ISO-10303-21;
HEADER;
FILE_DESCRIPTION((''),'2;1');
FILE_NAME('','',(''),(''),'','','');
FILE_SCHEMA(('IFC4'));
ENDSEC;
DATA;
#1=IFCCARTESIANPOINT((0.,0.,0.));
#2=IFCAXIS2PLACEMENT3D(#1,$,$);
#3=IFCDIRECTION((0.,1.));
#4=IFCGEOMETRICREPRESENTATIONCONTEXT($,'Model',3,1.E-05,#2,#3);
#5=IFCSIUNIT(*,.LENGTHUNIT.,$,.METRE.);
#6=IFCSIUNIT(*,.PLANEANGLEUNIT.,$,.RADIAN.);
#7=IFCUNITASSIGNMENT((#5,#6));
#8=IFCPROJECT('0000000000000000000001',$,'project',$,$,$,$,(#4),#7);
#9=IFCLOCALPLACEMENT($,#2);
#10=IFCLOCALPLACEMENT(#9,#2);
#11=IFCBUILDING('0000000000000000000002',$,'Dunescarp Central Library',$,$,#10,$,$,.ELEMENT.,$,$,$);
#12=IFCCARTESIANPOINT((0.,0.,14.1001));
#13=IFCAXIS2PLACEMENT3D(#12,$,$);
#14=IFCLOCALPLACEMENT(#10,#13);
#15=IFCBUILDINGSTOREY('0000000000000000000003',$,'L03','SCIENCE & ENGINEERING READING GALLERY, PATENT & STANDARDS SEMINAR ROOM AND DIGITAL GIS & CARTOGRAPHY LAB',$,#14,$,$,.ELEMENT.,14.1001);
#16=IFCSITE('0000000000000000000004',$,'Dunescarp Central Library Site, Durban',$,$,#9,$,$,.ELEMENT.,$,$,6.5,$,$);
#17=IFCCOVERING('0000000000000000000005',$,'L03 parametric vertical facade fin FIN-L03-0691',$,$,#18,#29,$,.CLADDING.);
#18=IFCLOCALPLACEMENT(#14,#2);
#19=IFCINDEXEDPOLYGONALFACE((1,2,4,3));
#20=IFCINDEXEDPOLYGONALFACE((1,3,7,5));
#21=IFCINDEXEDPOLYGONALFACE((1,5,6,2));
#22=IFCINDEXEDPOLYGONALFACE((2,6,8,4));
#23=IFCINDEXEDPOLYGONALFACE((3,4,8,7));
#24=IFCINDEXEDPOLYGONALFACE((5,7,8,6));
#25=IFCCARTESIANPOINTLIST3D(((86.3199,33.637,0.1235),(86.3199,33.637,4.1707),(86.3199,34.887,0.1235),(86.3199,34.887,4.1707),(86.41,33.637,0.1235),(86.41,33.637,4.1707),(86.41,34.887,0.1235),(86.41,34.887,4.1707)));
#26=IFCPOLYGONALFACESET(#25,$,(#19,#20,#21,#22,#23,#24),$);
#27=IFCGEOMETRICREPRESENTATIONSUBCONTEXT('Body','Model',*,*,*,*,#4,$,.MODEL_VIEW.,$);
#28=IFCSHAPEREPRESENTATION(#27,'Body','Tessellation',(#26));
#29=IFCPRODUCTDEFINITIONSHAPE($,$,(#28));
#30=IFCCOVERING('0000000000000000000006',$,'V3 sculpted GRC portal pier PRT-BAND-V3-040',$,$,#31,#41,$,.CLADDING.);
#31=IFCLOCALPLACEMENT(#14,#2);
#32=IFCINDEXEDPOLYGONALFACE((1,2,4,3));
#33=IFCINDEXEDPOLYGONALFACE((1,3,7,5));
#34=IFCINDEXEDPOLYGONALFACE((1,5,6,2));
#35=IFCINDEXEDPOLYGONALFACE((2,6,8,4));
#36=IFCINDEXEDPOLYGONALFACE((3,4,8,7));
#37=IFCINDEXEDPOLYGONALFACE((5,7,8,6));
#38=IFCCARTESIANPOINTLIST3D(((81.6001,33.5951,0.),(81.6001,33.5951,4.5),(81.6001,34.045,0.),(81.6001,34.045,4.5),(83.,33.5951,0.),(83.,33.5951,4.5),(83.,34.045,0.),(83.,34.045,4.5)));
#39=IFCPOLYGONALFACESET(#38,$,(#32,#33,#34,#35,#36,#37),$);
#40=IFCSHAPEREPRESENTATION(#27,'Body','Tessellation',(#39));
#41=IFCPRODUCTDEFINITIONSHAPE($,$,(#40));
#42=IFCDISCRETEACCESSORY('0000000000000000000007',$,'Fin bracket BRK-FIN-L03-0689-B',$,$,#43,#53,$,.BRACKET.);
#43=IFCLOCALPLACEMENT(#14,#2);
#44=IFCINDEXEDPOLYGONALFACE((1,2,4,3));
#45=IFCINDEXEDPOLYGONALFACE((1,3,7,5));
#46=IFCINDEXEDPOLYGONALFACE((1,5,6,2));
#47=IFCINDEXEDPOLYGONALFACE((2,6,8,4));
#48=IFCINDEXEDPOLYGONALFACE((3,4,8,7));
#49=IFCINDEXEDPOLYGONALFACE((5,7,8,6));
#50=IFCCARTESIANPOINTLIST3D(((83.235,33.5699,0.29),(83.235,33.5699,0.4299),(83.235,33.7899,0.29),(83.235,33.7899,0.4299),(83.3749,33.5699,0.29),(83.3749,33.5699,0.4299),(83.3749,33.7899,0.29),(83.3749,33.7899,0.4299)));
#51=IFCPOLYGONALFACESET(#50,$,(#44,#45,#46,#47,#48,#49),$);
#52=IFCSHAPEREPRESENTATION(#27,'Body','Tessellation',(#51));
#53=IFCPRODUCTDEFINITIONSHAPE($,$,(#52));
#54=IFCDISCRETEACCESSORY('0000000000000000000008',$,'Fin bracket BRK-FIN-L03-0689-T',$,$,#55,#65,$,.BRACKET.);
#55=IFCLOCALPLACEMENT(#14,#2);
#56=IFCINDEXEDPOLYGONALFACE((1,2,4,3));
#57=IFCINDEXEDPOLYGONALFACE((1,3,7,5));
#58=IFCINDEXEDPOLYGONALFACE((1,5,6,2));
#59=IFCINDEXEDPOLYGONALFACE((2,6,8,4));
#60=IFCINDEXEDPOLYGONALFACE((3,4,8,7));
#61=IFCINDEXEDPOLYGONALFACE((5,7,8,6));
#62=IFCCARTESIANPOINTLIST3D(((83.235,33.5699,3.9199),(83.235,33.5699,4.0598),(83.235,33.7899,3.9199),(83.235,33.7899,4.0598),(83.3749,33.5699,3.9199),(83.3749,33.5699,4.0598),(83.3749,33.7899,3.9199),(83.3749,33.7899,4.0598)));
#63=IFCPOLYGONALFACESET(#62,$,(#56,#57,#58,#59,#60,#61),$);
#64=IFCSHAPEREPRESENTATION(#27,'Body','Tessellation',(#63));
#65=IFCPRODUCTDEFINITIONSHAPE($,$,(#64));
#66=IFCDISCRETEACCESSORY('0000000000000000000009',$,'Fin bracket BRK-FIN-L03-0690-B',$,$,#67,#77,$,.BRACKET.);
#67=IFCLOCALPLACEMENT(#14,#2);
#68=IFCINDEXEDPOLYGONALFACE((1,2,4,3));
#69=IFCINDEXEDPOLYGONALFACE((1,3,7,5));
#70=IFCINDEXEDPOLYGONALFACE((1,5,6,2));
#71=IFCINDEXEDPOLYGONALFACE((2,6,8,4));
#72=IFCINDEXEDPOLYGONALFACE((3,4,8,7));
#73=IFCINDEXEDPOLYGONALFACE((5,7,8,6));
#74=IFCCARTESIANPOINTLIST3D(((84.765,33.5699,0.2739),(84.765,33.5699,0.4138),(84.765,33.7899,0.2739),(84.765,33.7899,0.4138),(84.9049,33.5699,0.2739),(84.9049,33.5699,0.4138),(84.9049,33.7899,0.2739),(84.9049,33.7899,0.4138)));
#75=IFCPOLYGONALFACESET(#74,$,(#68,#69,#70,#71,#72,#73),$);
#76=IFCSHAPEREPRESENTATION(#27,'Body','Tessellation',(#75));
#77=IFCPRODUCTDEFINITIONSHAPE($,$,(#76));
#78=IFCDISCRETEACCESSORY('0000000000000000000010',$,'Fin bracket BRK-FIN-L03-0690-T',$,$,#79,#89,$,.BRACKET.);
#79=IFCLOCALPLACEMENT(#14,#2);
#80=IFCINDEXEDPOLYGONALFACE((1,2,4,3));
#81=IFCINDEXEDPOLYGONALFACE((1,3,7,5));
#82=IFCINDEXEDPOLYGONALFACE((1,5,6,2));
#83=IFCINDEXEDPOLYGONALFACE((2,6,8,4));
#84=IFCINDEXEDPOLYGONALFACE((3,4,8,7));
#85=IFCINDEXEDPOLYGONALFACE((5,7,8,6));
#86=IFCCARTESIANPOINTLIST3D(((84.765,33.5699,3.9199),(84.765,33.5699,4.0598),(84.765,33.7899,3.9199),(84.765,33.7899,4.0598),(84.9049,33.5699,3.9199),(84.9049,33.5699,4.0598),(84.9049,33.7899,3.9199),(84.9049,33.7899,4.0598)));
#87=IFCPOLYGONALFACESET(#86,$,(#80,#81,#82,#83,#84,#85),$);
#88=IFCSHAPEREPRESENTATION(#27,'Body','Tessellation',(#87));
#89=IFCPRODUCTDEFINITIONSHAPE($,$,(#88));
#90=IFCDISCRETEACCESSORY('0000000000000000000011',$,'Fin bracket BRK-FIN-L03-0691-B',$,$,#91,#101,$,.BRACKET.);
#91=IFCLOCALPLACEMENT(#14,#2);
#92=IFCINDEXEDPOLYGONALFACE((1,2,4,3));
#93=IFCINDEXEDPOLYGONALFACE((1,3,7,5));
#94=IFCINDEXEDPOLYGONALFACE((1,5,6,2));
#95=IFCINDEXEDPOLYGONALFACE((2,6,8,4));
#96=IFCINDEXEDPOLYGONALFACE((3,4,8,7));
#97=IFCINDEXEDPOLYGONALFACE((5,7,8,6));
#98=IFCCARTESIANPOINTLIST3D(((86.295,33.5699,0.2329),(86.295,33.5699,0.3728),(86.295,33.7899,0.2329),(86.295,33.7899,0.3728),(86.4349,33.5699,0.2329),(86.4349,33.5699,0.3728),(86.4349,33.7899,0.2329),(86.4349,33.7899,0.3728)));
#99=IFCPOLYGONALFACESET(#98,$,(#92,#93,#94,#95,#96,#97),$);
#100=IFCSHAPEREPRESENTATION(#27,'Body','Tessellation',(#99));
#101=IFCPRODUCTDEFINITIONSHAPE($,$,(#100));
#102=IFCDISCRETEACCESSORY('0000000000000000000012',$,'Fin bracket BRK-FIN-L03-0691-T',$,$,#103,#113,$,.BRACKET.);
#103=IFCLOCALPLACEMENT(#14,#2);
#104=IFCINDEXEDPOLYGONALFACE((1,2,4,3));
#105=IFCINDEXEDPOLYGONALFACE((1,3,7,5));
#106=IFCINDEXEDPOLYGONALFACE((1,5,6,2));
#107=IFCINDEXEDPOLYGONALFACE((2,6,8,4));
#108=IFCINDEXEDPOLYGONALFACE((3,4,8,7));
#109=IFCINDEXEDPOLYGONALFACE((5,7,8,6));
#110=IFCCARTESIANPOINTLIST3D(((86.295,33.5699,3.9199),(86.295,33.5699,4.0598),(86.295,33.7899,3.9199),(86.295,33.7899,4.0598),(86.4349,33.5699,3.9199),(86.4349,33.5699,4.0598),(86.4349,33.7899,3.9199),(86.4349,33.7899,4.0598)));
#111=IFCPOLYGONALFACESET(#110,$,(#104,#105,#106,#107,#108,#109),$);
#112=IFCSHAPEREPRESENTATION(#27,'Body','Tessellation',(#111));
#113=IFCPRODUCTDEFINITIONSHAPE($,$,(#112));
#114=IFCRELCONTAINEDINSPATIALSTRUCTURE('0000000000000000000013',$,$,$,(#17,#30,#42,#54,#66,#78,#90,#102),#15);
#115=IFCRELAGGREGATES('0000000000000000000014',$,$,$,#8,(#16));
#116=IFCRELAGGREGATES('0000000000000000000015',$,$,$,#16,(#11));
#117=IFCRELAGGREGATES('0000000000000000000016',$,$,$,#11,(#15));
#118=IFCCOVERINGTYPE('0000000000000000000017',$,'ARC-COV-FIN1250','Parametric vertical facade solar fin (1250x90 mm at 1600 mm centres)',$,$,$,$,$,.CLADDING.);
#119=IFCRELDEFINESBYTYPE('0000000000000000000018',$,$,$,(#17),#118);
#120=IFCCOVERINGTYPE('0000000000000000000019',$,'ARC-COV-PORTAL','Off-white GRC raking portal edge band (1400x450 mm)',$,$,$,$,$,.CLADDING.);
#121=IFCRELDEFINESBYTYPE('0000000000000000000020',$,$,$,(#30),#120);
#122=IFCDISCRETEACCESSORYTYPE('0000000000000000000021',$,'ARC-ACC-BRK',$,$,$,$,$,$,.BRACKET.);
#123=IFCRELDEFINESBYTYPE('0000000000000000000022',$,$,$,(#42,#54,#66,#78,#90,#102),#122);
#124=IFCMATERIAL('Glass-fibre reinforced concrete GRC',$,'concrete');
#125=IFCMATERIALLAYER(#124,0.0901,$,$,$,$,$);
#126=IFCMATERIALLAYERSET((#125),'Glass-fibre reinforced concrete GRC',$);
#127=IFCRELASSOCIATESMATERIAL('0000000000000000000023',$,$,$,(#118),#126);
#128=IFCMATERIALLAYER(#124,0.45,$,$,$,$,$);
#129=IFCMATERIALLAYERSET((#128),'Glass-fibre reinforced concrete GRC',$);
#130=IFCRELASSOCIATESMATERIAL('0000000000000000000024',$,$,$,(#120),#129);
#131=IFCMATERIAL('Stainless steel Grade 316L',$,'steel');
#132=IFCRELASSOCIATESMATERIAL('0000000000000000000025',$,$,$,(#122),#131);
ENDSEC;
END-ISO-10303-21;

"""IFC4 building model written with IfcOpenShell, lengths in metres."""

from ifc_helpers import new_model, si_unit, direction, frame, origin, origin_2d, place, context, subcontext, project, spatial, rectangle, extrude, material, layer, layer_set, type_object, element, save


model = new_model("IFC4")

# Units and contexts
model_context = context("Model", 3, precision=1e-05, world=origin(), true_north=direction((0.0, 1.0)))
body_context = subcontext(model_context, "Body", "Model", "MODEL_VIEW")
ifc_project = project(units=[si_unit("LENGTHUNIT", "METRE"), si_unit("PLANEANGLEUNIT", "RADIAN")], contexts=[model_context])

# Site, building, storey
site_placement = place(None, origin())
site = spatial("IfcSite", under=ifc_project, at=site_placement, Name="Dunescarp Central Library Site, Durban", CompositionType="ELEMENT", RefElevation=6.5)
building_placement = place(site_placement, origin())
building = spatial("IfcBuilding", under=site, at=building_placement, Name="Dunescarp Central Library", CompositionType="ELEMENT")
storey_placement = place(building_placement, frame((0.0, 0.0, 14.1001)))
storey = spatial("IfcBuildingStorey", under=building, at=storey_placement, Name="L03", Description="SCIENCE & ENGINEERING READING GALLERY, PATENT & STANDARDS SEMINAR ROOM AND DIGITAL GIS & CARTOGRAPHY LAB", CompositionType="ELEMENT", Elevation=14.1001)

# Coverings
ifc_material_1 = material(Name="Glass-fibre reinforced concrete GRC", Category="concrete")
ifc_layer_1 = layer(ifc_material_1, 0.0901)
ifc_layer_set_1 = layer_set([ifc_layer_1], Name="Glass-fibre reinforced concrete GRC")
covering_type_1 = type_object("IfcCoveringType", Name="ARC-COV-FIN1250", Description="Parametric vertical facade solar fin (1250x90 mm at 1600 mm centres)", PredefinedType="CLADDING", material=ifc_layer_set_1)
covering_1_placement = place(storey_placement, frame((86.365, 34.262, 0.1235), z_axis=(0.0, 0.0, 1.0), x_axis=(0.0, 1.0, 0.0)))
element("IfcCovering", 1, at=covering_1_placement, inside=storey, type_object=covering_type_1, Name="L03 parametric vertical facade fin FIN-L03-0691", PredefinedType="CLADDING", context=body_context, shape_type="SweptSolid", body=[
    extrude(rectangle(XDim=1.25, YDim=0.0901, at=origin_2d()), origin(), (0.0, 0.0, 1.0), 4.0471),
])
ifc_layer_2 = layer(ifc_material_1, 0.45)
ifc_layer_set_2 = layer_set([ifc_layer_2], Name="Glass-fibre reinforced concrete GRC")
covering_type_2 = type_object("IfcCoveringType", Name="ARC-COV-PORTAL", Description="Off-white GRC raking portal edge band (1400x450 mm)", PredefinedType="CLADDING", material=ifc_layer_set_2)
covering_2_placement = place(storey_placement, frame((82.3, 33.8201, 0.0), z_axis=(0.0, 0.0, 1.0), x_axis=(1.0, 0.0, 0.0)))
element("IfcCovering", 2, at=covering_2_placement, inside=storey, type_object=covering_type_2, Name="V3 sculpted GRC portal pier PRT-BAND-V3-040", PredefinedType="CLADDING", context=body_context, shape_type="SweptSolid", body=[
    extrude(rectangle(XDim=1.3999, YDim=0.45, at=origin_2d()), origin(), (0.0, 0.0, 1.0), 4.5),
])

# Discrete accessories
ifc_material_2 = material(Name="Stainless steel Grade 316L", Category="steel")
discrete_accessory_type = type_object("IfcDiscreteAccessoryType", Name="ARC-ACC-BRK", PredefinedType="BRACKET", material=ifc_material_2)
for number, where, z_axis, x_axis, name in (
    (3, (83.3049, 33.6799, 0.29), (0.0, 0.0, 1.0), (0.0, 1.0, 0.0), "Fin bracket BRK-FIN-L03-0689-B"),
    (4, (83.3049, 33.6799, 3.9199), (0.0, 0.0, 1.0), (0.0, 1.0, 0.0), "Fin bracket BRK-FIN-L03-0689-T"),
    (5, (84.835, 33.6799, 0.2739), (0.0, 0.0, 1.0), (0.0, 1.0, 0.0), "Fin bracket BRK-FIN-L03-0690-B"),
    (6, (84.835, 33.6799, 3.9199), (0.0, 0.0, 1.0), (0.0, 1.0, 0.0), "Fin bracket BRK-FIN-L03-0690-T"),
    (7, (86.365, 33.6799, 0.2329), (0.0, 0.0, 1.0), (0.0, 1.0, 0.0), "Fin bracket BRK-FIN-L03-0691-B"),
    (8, (86.365, 33.6799, 3.9199), (0.0, 0.0, 1.0), (0.0, 1.0, 0.0), "Fin bracket BRK-FIN-L03-0691-T"),
):
    element("IfcDiscreteAccessory", number, at=place(storey_placement, frame(where, z_axis=z_axis, x_axis=x_axis)), inside=storey, type_object=discrete_accessory_type, Name=name, PredefinedType="BRACKET", context=body_context, shape_type="SweptSolid", body=[
        extrude(rectangle(XDim=0.22, YDim=0.1399, at=origin_2d()), origin(), (0.0, 0.0, 1.0), 0.1399),
    ])

save(model, "model.ifc")
